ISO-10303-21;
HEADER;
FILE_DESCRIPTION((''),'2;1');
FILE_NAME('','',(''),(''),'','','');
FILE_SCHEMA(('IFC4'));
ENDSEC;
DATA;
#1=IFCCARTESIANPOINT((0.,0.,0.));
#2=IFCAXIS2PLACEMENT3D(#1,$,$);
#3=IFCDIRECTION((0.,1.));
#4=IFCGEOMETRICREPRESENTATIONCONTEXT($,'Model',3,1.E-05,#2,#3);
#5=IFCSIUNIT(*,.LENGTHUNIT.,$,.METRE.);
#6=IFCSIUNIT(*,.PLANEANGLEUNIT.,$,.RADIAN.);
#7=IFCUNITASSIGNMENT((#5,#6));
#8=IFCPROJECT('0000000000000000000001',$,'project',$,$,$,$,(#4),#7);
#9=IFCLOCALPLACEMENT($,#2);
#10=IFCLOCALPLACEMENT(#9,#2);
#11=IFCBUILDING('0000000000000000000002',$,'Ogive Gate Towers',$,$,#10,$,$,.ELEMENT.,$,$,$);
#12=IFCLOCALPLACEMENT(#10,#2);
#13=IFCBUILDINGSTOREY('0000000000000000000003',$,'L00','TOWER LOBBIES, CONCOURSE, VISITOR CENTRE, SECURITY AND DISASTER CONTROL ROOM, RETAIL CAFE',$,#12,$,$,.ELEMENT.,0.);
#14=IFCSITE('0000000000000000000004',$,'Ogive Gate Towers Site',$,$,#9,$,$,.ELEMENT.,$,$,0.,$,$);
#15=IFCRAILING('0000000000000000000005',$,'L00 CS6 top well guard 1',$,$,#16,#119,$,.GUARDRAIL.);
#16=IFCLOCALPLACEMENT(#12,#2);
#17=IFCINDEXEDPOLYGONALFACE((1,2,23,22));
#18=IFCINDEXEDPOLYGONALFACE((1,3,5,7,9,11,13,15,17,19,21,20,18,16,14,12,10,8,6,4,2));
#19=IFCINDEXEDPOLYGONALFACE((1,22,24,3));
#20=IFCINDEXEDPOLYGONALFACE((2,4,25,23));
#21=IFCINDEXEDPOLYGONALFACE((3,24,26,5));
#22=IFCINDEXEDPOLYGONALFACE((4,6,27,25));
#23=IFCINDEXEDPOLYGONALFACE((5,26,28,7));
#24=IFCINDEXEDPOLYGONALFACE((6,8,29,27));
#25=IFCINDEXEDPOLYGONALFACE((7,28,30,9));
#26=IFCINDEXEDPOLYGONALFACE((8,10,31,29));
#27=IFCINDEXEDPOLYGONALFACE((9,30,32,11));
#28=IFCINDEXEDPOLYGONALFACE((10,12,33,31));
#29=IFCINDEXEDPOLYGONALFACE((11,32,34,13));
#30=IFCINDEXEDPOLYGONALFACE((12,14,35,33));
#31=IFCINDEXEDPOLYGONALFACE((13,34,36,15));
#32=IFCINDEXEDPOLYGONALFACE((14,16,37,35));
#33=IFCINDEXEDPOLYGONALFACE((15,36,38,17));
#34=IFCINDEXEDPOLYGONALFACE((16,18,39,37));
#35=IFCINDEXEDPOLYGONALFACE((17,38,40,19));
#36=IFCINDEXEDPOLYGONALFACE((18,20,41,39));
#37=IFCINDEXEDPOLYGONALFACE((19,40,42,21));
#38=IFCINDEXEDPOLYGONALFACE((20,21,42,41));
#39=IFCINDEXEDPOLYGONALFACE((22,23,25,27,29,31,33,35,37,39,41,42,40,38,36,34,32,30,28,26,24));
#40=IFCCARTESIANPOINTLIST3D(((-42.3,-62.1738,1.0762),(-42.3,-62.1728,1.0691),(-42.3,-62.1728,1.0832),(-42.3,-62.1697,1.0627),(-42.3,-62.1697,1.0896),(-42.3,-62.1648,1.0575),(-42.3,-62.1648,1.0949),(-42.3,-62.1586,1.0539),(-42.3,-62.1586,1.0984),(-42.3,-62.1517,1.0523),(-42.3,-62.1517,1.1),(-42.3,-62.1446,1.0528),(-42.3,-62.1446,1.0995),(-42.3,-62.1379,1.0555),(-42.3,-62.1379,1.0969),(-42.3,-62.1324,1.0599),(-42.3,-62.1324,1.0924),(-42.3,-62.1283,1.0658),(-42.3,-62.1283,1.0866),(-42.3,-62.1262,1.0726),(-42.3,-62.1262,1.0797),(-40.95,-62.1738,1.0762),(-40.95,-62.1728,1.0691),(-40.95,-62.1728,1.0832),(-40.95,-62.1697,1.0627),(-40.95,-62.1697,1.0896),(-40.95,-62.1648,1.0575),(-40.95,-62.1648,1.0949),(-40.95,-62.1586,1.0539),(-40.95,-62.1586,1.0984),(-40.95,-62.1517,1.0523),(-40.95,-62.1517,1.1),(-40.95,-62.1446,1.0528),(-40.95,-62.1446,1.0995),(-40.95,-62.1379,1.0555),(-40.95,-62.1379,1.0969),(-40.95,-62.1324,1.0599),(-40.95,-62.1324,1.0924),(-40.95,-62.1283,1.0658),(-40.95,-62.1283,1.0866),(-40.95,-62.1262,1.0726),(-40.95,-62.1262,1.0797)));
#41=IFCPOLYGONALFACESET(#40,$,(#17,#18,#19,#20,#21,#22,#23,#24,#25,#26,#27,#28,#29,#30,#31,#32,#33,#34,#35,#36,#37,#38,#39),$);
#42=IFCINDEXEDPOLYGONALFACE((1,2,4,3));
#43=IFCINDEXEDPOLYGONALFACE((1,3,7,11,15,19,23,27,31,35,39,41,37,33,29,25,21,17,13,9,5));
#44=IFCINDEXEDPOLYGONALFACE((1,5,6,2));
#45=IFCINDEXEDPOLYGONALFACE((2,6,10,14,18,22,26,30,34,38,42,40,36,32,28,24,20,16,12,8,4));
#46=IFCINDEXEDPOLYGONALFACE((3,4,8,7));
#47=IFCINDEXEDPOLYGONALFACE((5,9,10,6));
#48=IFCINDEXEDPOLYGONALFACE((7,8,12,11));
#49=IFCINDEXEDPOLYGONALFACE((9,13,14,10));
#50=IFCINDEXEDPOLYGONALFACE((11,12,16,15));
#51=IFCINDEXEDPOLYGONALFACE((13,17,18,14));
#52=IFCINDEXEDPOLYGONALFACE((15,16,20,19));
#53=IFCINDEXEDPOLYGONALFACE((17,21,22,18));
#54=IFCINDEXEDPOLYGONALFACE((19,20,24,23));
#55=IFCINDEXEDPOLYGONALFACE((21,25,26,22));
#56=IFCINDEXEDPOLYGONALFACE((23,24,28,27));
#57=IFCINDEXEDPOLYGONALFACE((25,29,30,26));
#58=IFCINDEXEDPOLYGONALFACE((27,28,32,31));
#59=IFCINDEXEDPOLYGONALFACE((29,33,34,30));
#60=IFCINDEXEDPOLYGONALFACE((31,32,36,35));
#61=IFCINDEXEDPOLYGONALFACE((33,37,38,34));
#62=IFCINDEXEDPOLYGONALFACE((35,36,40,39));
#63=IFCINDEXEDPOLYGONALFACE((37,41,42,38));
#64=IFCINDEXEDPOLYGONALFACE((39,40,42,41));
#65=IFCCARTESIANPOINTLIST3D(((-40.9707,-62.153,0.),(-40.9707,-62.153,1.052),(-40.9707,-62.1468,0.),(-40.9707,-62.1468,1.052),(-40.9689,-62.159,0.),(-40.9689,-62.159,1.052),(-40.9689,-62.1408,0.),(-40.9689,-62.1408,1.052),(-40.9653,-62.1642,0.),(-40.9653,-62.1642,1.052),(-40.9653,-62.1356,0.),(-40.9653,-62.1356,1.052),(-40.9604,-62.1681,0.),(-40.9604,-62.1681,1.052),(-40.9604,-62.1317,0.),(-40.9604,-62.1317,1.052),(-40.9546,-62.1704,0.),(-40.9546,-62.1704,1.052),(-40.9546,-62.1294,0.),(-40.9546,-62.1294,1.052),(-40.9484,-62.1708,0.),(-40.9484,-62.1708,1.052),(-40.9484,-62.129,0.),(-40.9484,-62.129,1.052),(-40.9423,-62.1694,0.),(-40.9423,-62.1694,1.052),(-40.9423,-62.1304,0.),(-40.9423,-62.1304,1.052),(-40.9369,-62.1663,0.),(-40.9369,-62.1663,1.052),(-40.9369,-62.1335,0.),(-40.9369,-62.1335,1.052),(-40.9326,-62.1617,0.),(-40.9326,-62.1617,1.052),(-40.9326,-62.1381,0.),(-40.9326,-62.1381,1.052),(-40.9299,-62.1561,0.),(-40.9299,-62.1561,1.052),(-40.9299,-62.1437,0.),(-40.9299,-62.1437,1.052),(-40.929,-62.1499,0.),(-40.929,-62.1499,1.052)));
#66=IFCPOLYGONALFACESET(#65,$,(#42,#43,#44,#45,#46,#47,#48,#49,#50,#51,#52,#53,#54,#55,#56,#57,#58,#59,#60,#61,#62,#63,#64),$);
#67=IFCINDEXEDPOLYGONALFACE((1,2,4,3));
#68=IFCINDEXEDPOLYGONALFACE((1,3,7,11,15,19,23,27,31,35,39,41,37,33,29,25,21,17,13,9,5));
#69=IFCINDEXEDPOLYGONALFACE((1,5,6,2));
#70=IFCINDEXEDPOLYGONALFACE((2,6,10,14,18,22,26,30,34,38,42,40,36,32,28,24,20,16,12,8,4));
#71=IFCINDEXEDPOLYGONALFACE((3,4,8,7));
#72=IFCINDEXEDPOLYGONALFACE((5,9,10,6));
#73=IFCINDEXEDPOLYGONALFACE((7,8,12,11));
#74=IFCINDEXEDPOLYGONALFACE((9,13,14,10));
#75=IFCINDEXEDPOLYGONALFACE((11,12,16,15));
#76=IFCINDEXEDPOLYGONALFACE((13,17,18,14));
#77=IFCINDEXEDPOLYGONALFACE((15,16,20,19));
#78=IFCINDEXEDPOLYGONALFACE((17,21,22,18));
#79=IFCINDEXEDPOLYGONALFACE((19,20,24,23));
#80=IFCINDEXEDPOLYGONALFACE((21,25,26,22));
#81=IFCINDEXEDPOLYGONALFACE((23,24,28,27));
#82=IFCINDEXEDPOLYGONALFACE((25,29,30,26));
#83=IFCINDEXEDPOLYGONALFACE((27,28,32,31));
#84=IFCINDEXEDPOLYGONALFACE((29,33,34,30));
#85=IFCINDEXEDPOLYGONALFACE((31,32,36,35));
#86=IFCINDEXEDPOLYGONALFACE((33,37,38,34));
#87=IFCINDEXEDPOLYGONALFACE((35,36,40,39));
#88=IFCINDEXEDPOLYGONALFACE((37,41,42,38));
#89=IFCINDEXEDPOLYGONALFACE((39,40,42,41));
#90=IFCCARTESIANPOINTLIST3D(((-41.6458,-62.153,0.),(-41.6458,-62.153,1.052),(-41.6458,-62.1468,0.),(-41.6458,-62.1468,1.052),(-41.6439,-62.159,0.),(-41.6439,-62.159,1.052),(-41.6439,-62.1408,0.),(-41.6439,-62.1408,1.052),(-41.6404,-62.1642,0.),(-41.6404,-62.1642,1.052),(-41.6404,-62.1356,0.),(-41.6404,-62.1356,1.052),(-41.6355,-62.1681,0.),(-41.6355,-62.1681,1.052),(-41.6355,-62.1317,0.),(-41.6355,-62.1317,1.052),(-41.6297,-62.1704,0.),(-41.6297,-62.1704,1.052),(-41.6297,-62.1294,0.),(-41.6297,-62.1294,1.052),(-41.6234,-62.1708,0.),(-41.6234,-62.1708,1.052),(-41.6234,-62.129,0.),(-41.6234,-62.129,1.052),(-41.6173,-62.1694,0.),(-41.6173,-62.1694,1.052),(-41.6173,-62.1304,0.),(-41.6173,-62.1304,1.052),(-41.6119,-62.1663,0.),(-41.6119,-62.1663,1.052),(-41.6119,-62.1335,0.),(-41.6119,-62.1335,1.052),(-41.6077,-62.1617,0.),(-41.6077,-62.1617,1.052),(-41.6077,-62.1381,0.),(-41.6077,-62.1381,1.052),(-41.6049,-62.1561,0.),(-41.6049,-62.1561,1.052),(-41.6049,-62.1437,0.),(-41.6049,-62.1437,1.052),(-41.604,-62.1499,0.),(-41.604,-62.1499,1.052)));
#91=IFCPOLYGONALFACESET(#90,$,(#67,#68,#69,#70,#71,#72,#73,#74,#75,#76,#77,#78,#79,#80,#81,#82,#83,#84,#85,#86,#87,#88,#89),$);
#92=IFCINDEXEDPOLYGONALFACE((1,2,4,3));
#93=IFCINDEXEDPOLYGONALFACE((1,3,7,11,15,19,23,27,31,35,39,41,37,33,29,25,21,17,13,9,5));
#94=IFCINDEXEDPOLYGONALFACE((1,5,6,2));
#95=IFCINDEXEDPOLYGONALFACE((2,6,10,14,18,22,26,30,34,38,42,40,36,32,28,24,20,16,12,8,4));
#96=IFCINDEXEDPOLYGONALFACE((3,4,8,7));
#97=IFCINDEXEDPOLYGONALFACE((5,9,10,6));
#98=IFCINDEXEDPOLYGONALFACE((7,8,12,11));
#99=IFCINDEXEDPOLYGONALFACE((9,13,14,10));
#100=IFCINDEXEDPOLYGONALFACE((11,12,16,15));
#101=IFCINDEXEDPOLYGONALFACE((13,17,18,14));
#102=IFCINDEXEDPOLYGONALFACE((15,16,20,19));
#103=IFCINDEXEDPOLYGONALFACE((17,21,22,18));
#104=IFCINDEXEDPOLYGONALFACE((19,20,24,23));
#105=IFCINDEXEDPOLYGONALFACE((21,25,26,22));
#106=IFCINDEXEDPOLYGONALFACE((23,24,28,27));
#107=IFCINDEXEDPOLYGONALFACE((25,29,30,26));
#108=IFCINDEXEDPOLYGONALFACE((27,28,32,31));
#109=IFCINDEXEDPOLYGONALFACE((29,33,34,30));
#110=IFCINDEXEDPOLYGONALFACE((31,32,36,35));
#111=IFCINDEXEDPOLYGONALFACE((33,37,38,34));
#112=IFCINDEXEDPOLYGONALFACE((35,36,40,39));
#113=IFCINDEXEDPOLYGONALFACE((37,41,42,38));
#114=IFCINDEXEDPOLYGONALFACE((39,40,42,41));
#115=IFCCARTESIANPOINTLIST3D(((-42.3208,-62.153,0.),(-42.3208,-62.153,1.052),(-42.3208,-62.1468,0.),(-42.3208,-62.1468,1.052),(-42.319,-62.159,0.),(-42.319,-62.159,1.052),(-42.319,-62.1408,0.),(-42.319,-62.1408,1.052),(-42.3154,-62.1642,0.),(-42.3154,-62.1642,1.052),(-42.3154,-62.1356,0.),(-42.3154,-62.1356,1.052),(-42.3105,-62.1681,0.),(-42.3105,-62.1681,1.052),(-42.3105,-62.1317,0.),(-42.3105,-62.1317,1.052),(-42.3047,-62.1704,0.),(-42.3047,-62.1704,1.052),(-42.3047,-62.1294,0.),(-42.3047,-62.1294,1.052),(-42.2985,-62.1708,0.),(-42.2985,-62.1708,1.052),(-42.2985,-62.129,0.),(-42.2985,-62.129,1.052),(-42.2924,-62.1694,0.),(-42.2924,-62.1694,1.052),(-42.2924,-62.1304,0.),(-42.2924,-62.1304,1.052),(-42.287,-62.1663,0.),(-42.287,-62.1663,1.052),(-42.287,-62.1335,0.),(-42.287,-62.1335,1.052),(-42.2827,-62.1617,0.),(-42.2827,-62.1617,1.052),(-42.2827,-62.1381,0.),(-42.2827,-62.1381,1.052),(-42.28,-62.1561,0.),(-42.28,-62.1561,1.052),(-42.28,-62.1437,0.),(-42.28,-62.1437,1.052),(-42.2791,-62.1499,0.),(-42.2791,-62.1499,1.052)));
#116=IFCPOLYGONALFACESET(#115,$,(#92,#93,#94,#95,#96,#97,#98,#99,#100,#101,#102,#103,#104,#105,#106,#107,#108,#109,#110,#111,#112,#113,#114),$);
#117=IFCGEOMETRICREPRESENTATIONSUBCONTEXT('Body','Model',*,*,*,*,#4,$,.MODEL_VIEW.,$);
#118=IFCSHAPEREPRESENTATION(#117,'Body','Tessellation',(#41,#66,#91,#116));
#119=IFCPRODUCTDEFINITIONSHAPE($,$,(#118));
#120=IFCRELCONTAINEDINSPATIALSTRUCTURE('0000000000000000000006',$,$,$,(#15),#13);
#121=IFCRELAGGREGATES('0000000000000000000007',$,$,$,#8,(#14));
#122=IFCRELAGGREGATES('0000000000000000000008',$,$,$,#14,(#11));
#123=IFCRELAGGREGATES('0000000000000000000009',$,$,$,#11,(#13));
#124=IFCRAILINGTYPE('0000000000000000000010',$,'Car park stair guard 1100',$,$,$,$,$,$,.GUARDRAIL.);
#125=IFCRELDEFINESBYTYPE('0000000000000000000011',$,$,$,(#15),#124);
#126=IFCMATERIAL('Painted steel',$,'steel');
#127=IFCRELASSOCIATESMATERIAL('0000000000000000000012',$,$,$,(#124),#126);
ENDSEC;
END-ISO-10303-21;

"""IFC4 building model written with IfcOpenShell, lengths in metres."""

from ifc_helpers import new_model, si_unit, direction, frame, origin, origin_2d, place, context, subcontext, project, spatial, circle, extrude, material, type_object, element, save


model = new_model("IFC4")

# Units and contexts
model_context = context("Model", 3, precision=1e-05, world=origin(), true_north=direction((0.0, 1.0)))
body_context = subcontext(model_context, "Body", "Model", "MODEL_VIEW")
ifc_project = project(units=[si_unit("LENGTHUNIT", "METRE"), si_unit("PLANEANGLEUNIT", "RADIAN")], contexts=[model_context])

# Site, building, storey
site_placement = place(None, origin())
site = spatial("IfcSite", under=ifc_project, at=site_placement, Name="Ogive Gate Towers Site", CompositionType="ELEMENT", RefElevation=0.0)
building_placement = place(site_placement, origin())
building = spatial("IfcBuilding", under=site, at=building_placement, Name="Ogive Gate Towers", CompositionType="ELEMENT")
storey_placement = place(building_placement, origin())
storey = spatial("IfcBuildingStorey", under=building, at=storey_placement, Name="L00", Description="TOWER LOBBIES, CONCOURSE, VISITOR CENTRE, SECURITY AND DISASTER CONTROL ROOM, RETAIL CAFE", CompositionType="ELEMENT", Elevation=0.0)

# Railing
ifc_material_1 = material(Name="Painted steel", Category="steel")
railing_type_1 = type_object("IfcRailingType", Name="Car park stair guard 1100", PredefinedType="GUARDRAIL", material=ifc_material_1)
railing_placement = place(storey_placement, frame((-40.95, -62.1499, 0.0)))
element("IfcRailing", 1, at=railing_placement, inside=storey, type_object=railing_type_1, Name="L00 CS6 top well guard 1", PredefinedType="GUARDRAIL", context=body_context, shape_type="SweptSolid", body=[
    extrude(circle(Radius=0.0239, at=origin_2d()), frame((0.0, 0.0, 1.0762), z_axis=(-1.0, 0.0, 0.0), x_axis=(0.0, -1.0, 0.0)), (0.0, 0.0, 1.0), 1.3501),
    extrude(circle(Radius=0.021, at=origin_2d()), origin(), (0.0, 0.0, 1.0), 1.052),
    extrude(circle(Radius=0.021, at=origin_2d()), frame((-0.675, 0.0, 0.0)), (0.0, 0.0, 1.0), 1.052),
    extrude(circle(Radius=0.021, at=origin_2d()), frame((-1.3501, 0.0, 0.0)), (0.0, 0.0, 1.0), 1.052),
])

save(model, "model.ifc")
